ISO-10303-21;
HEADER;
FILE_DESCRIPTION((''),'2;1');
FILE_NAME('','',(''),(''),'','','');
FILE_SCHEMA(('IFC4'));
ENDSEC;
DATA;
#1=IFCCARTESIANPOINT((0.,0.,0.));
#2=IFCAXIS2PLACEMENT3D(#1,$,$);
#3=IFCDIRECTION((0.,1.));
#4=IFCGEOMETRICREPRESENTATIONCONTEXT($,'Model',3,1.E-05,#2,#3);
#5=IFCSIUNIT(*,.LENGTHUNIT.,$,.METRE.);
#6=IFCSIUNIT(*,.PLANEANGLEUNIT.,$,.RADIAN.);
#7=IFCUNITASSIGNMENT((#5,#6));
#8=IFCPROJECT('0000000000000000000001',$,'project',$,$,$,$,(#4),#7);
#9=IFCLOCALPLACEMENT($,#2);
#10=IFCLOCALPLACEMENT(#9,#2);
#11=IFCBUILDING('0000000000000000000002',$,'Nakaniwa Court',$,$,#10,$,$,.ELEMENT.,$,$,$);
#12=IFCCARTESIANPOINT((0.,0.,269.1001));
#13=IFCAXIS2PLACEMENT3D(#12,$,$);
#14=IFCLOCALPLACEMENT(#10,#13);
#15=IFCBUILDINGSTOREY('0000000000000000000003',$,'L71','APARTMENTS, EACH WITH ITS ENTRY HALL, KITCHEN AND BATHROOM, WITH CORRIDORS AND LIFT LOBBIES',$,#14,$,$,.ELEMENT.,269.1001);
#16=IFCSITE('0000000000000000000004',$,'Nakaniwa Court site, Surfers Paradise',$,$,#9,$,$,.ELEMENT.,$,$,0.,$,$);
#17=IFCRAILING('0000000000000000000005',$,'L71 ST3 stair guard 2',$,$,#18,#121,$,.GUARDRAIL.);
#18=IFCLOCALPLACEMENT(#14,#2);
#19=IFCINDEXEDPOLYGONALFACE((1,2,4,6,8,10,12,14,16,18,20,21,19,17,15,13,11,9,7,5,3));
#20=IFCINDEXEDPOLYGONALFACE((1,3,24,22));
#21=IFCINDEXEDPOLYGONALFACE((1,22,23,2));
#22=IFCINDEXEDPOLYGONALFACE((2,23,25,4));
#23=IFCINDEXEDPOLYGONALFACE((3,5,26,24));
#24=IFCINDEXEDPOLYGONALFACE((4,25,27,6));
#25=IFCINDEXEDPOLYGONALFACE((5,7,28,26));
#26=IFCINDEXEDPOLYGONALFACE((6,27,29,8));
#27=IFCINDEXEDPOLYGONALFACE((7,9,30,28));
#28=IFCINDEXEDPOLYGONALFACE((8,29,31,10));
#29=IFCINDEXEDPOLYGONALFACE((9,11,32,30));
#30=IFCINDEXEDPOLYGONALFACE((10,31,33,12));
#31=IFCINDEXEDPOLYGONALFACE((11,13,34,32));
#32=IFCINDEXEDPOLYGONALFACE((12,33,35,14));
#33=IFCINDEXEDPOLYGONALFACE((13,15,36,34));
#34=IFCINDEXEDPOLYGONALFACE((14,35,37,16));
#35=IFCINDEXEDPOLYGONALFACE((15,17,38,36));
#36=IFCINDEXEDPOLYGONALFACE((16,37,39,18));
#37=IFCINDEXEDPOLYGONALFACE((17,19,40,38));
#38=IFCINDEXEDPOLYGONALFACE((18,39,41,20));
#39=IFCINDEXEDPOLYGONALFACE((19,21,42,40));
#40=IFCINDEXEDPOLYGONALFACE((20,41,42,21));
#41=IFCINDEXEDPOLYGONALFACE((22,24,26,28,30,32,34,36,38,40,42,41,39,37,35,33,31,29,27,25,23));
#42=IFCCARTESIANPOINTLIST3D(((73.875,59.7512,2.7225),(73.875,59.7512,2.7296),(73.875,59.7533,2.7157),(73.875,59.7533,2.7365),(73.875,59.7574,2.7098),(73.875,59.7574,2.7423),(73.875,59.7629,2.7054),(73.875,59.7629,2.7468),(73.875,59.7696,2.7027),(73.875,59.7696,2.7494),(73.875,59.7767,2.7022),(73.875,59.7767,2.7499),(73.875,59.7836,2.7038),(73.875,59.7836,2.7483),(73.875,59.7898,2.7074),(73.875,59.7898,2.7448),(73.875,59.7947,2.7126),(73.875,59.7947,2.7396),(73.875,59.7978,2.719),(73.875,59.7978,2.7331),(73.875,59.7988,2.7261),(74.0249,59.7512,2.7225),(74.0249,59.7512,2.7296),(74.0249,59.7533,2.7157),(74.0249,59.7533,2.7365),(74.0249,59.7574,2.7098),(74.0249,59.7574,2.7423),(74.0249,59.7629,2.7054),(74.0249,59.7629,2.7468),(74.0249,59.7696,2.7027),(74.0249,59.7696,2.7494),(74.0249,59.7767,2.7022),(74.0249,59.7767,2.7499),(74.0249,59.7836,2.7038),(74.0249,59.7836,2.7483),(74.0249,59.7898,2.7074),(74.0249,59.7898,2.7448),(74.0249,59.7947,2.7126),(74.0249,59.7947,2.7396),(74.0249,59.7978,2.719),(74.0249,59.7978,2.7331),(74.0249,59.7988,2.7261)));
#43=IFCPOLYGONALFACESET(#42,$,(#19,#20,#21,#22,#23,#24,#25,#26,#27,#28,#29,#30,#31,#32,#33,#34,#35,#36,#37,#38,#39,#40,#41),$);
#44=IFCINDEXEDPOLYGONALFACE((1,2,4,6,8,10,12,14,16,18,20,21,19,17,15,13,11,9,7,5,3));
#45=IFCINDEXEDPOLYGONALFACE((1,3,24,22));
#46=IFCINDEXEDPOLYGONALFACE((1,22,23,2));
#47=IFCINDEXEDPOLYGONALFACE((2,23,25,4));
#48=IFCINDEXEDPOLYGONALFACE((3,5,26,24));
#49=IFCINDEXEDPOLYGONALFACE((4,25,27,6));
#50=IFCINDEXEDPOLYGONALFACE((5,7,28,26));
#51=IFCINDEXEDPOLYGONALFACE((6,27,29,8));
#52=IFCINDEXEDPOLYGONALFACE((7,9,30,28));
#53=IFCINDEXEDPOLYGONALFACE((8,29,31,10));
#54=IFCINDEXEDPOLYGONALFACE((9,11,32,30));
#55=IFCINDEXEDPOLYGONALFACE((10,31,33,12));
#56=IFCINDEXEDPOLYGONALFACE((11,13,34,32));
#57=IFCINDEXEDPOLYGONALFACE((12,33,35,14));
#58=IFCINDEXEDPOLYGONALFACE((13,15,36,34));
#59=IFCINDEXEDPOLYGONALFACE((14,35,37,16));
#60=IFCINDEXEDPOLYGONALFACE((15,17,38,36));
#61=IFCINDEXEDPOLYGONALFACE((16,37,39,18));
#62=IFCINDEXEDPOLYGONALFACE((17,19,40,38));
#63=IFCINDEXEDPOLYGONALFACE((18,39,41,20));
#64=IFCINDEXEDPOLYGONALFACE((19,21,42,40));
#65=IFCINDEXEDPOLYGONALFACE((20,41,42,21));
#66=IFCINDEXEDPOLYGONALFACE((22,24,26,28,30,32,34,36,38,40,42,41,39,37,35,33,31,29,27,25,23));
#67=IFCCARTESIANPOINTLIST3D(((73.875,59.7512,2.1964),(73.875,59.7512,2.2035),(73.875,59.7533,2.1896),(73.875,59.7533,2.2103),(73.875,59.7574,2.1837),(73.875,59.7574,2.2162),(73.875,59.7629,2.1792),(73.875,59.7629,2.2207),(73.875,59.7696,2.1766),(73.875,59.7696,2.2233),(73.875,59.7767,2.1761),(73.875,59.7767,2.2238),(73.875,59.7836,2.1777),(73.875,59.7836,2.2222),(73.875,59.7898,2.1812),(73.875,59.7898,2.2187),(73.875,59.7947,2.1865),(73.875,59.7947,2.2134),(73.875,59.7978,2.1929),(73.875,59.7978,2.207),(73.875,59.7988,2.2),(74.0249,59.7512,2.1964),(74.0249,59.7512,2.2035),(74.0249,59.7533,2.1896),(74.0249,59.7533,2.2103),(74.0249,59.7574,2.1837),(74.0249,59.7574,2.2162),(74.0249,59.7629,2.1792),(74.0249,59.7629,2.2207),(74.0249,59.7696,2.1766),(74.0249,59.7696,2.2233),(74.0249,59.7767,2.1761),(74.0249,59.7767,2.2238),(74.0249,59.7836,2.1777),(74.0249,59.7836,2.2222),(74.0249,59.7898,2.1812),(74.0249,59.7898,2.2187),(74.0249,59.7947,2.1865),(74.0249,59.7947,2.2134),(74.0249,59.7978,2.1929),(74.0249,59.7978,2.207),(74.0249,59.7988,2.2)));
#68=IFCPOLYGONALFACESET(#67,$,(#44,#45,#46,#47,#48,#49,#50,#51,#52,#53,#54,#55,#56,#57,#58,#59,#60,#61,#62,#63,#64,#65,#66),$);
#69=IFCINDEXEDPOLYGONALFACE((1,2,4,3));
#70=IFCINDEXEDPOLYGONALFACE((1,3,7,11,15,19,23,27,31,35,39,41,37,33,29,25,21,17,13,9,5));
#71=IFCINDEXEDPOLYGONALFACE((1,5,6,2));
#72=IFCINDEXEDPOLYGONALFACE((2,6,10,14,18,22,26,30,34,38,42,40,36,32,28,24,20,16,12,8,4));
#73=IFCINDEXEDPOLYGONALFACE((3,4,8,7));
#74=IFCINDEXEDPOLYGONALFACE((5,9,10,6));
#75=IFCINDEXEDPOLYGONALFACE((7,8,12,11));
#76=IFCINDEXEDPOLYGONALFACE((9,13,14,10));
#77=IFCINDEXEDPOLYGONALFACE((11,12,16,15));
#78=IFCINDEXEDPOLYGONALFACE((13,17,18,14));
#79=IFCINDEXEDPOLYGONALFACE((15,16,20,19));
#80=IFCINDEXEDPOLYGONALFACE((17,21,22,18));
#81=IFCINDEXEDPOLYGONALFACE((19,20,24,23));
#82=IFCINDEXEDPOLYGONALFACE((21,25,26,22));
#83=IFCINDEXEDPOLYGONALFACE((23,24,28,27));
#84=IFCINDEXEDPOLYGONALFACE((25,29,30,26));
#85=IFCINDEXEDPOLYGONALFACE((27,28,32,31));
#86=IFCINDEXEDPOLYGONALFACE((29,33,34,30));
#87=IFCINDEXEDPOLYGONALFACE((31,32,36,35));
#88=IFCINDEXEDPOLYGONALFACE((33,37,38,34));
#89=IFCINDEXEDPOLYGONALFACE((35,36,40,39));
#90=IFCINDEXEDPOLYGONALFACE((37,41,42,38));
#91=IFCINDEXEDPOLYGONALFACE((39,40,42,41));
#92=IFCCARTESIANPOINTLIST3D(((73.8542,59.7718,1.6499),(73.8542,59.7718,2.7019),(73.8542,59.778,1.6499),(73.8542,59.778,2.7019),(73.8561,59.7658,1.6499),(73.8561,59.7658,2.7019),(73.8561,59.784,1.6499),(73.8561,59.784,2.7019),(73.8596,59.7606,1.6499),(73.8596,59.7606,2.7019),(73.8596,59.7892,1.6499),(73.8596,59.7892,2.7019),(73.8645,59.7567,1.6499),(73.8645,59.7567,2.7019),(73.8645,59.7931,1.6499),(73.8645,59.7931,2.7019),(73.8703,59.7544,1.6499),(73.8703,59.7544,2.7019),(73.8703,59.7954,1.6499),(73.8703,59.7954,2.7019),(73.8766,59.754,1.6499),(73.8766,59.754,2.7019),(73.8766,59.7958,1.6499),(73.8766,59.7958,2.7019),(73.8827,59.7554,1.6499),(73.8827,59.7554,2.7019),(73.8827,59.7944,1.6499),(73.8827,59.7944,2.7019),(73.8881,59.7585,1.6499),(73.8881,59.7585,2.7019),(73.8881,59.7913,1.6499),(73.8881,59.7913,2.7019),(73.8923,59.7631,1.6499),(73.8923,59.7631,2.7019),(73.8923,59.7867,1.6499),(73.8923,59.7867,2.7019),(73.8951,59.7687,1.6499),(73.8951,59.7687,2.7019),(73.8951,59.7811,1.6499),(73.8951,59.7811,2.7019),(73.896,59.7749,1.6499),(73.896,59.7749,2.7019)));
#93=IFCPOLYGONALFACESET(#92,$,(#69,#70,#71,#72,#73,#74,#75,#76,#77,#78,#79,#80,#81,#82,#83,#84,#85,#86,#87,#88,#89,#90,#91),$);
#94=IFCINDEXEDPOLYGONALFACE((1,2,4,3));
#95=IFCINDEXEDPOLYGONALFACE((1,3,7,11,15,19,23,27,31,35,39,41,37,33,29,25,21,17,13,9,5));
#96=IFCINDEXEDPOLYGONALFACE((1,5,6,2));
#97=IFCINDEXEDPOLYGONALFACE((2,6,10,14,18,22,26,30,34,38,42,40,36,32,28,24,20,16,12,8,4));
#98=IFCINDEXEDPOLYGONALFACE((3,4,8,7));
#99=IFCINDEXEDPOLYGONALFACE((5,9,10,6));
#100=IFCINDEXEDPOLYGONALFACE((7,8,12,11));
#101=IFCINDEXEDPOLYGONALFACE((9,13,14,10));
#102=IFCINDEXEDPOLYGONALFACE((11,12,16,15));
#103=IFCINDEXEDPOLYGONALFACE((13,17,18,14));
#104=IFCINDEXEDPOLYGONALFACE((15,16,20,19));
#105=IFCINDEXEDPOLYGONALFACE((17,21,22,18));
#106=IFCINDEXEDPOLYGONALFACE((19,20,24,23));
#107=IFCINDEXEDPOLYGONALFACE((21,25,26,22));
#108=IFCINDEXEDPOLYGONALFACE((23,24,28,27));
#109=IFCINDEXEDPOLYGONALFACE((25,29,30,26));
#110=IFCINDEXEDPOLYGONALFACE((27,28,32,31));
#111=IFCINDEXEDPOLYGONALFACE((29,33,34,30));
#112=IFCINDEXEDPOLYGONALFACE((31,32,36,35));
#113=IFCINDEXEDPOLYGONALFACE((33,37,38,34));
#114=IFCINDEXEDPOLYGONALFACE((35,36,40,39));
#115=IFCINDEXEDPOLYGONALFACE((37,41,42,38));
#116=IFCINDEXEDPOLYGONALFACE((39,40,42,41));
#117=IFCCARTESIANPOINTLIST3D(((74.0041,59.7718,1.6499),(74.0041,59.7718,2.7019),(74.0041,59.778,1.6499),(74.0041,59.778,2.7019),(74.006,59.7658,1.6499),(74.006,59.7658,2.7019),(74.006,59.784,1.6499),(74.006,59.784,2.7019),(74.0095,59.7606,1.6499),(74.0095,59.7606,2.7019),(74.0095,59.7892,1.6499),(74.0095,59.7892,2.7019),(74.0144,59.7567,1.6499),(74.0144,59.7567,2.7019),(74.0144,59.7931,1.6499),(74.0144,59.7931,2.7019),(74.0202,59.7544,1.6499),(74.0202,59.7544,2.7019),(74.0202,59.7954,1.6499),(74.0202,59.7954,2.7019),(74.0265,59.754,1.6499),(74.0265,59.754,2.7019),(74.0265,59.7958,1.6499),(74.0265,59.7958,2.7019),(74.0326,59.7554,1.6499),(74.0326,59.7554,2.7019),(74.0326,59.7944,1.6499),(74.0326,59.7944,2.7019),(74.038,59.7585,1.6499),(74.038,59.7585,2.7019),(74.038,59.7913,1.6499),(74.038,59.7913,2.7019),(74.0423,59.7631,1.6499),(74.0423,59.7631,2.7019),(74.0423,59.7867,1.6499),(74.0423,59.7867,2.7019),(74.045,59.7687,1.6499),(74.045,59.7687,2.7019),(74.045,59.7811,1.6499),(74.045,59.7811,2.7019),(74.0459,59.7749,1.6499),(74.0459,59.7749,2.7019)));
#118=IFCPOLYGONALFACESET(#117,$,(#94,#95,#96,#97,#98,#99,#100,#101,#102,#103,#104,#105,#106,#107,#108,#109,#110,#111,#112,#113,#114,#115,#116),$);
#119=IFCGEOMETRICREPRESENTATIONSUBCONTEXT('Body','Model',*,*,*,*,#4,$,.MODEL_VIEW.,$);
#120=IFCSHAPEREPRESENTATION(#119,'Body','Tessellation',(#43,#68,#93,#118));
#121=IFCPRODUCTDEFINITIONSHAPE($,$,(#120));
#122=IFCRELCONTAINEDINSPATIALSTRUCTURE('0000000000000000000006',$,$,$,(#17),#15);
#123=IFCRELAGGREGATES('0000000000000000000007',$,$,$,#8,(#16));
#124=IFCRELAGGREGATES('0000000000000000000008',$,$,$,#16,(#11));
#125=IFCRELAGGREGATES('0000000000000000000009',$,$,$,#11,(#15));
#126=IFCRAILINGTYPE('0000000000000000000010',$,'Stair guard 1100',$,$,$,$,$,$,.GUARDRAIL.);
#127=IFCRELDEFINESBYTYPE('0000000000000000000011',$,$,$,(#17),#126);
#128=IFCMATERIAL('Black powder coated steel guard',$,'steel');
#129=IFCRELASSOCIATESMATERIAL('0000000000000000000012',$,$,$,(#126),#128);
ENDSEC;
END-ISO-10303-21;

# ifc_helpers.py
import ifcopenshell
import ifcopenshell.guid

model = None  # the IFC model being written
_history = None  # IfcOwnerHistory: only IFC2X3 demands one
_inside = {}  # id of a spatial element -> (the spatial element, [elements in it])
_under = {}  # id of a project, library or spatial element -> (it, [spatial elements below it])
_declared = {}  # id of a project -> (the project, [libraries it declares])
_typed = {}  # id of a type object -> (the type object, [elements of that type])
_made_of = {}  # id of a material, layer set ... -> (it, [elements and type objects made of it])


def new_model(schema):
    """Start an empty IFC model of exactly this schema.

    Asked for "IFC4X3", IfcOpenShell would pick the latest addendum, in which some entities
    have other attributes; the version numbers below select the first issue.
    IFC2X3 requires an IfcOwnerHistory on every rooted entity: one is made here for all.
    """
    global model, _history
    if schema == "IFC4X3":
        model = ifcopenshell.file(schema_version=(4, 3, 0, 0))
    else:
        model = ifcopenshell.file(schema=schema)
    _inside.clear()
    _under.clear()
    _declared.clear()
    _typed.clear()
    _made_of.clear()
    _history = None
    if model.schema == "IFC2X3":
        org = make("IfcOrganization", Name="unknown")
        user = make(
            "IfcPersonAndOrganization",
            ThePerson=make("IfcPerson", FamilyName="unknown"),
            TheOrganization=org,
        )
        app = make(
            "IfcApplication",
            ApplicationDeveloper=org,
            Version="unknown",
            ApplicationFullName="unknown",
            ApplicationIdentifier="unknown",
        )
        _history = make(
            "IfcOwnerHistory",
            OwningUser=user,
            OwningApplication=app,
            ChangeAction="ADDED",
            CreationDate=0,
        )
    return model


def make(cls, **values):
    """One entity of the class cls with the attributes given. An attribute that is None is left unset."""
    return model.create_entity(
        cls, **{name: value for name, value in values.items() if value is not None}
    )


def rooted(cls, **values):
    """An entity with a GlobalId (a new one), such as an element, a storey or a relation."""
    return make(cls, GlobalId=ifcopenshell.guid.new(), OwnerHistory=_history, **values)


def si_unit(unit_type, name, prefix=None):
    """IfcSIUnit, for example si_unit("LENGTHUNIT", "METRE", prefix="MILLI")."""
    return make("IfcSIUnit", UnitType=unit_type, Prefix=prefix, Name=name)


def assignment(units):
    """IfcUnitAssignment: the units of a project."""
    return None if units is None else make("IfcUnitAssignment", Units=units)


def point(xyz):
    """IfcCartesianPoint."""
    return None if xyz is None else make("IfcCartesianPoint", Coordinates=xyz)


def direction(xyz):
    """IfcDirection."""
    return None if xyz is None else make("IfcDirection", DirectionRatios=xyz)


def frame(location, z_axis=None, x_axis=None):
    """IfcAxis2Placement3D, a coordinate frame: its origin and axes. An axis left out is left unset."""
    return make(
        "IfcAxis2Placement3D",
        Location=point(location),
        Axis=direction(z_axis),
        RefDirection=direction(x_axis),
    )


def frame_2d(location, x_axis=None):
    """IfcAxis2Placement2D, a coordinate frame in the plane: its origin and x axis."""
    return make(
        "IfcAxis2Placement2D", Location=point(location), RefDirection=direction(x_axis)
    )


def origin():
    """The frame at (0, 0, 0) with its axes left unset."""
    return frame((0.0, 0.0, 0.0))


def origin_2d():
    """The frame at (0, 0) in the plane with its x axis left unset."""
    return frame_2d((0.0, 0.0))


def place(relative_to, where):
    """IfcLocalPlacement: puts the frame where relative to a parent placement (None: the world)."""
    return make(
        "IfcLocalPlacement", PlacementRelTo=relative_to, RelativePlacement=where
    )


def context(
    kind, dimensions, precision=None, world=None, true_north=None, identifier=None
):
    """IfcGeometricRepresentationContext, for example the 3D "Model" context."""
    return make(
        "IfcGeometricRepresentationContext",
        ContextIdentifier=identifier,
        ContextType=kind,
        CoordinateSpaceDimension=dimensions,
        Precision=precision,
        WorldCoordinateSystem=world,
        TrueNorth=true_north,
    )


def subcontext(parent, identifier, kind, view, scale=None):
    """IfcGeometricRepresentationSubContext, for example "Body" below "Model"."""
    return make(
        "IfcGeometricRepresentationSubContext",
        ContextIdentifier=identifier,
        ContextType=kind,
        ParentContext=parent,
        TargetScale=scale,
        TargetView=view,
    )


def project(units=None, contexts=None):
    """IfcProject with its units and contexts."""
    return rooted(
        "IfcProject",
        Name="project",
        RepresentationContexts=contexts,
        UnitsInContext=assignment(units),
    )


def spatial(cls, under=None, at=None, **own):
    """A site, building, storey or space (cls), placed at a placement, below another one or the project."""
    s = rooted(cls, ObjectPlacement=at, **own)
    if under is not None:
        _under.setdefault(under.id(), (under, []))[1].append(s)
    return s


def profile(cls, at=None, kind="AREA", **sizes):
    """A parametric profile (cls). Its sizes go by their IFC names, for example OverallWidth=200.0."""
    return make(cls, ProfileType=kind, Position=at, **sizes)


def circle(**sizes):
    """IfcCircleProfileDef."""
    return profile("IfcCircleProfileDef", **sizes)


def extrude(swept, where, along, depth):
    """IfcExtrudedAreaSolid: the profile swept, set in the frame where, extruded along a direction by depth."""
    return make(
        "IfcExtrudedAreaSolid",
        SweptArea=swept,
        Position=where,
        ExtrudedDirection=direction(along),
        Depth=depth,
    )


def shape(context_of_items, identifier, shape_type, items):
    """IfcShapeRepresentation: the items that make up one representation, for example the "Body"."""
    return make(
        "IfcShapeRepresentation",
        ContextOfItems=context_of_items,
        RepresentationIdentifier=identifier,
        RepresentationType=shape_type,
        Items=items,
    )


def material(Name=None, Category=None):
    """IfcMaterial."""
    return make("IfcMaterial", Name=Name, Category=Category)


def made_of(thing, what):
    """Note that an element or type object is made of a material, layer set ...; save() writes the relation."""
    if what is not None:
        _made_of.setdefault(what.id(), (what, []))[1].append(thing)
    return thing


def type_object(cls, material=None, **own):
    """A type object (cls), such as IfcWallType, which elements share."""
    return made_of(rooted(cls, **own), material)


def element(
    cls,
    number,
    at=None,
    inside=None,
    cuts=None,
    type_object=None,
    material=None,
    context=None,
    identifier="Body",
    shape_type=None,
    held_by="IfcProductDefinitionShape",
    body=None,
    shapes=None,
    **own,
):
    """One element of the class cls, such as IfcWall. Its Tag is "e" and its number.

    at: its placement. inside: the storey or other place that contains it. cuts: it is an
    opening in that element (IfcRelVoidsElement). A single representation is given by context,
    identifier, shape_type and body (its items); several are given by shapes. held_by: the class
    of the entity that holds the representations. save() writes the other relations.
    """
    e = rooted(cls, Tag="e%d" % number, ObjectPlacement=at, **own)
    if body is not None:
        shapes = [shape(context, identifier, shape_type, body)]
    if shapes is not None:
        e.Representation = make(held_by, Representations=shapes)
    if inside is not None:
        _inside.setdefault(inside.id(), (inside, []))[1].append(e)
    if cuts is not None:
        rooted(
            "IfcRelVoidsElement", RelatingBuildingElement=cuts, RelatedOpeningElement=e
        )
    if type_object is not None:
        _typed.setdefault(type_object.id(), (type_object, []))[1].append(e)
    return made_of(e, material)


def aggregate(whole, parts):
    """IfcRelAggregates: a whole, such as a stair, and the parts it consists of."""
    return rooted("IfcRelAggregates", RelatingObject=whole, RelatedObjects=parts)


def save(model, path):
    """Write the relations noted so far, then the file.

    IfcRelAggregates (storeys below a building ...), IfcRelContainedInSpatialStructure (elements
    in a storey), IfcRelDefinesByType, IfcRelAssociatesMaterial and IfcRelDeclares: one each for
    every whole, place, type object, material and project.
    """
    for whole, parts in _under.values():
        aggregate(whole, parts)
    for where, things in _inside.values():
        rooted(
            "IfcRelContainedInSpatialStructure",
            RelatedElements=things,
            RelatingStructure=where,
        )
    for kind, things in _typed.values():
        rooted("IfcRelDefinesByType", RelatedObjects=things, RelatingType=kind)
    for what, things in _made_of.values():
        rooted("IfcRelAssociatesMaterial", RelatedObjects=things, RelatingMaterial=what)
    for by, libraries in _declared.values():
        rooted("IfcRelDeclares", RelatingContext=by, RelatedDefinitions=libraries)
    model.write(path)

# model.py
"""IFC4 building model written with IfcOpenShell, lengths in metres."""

from ifc_helpers import new_model, si_unit, direction, frame, origin, origin_2d, place, context, subcontext, project, spatial, circle, extrude, material, type_object, element, save


model = new_model("IFC4")

# Units and contexts
model_context = context("Model", 3, precision=1e-05, world=origin(), true_north=direction((0.0, 1.0)))
body_context = subcontext(model_context, "Body", "Model", "MODEL_VIEW")
ifc_project = project(units=[si_unit("LENGTHUNIT", "METRE"), si_unit("PLANEANGLEUNIT", "RADIAN")], contexts=[model_context])

# Site, building, storey
site_placement = place(None, origin())
site = spatial("IfcSite", under=ifc_project, at=site_placement, Name="Nakaniwa Court site, Surfers Paradise", CompositionType="ELEMENT", RefElevation=0.0)
building_placement = place(site_placement, origin())
building = spatial("IfcBuilding", under=site, at=building_placement, Name="Nakaniwa Court", CompositionType="ELEMENT")
storey_placement = place(building_placement, frame((0.0, 0.0, 269.1001)))
storey = spatial("IfcBuildingStorey", under=building, at=storey_placement, Name="L71", Description="APARTMENTS, EACH WITH ITS ENTRY HALL, KITCHEN AND BATHROOM, WITH CORRIDORS AND LIFT LOBBIES", CompositionType="ELEMENT", Elevation=269.1001)

# Railing
ifc_material_1 = material(Name="Black powder coated steel guard", Category="steel")
railing_type_1 = type_object("IfcRailingType", Name="Stair guard 1100", PredefinedType="GUARDRAIL", material=ifc_material_1)
railing_1_placement = place(storey_placement, frame((73.875, 59.7749, 1.6499)))
element("IfcRailing", 1, at=railing_1_placement, inside=storey, type_object=railing_type_1, Name="L71 ST3 stair guard 2", PredefinedType="GUARDRAIL", context=body_context, shape_type="SweptSolid", body=[
    extrude(circle(Radius=0.0239, at=origin_2d()), frame((0.0, 0.0, 1.0762), z_axis=(1.0, 0.0, 0.0), x_axis=(0.0, 1.0, 0.0)), (0.0, 0.0, 1.0), 0.1499),
    extrude(circle(Radius=0.0239, at=origin_2d()), frame((0.0, 0.0, 0.55), z_axis=(1.0, 0.0, 0.0), x_axis=(0.0, 1.0, 0.0)), (0.0, 0.0, 1.0), 0.1499),
    extrude(circle(Radius=0.021, at=origin_2d()), origin(), (0.0, 0.0, 1.0), 1.052),
    extrude(circle(Radius=0.021, at=origin_2d()), frame((0.1499, 0.0, 0.0)), (0.0, 0.0, 1.0), 1.052),
])

save(model, "model.ifc")
